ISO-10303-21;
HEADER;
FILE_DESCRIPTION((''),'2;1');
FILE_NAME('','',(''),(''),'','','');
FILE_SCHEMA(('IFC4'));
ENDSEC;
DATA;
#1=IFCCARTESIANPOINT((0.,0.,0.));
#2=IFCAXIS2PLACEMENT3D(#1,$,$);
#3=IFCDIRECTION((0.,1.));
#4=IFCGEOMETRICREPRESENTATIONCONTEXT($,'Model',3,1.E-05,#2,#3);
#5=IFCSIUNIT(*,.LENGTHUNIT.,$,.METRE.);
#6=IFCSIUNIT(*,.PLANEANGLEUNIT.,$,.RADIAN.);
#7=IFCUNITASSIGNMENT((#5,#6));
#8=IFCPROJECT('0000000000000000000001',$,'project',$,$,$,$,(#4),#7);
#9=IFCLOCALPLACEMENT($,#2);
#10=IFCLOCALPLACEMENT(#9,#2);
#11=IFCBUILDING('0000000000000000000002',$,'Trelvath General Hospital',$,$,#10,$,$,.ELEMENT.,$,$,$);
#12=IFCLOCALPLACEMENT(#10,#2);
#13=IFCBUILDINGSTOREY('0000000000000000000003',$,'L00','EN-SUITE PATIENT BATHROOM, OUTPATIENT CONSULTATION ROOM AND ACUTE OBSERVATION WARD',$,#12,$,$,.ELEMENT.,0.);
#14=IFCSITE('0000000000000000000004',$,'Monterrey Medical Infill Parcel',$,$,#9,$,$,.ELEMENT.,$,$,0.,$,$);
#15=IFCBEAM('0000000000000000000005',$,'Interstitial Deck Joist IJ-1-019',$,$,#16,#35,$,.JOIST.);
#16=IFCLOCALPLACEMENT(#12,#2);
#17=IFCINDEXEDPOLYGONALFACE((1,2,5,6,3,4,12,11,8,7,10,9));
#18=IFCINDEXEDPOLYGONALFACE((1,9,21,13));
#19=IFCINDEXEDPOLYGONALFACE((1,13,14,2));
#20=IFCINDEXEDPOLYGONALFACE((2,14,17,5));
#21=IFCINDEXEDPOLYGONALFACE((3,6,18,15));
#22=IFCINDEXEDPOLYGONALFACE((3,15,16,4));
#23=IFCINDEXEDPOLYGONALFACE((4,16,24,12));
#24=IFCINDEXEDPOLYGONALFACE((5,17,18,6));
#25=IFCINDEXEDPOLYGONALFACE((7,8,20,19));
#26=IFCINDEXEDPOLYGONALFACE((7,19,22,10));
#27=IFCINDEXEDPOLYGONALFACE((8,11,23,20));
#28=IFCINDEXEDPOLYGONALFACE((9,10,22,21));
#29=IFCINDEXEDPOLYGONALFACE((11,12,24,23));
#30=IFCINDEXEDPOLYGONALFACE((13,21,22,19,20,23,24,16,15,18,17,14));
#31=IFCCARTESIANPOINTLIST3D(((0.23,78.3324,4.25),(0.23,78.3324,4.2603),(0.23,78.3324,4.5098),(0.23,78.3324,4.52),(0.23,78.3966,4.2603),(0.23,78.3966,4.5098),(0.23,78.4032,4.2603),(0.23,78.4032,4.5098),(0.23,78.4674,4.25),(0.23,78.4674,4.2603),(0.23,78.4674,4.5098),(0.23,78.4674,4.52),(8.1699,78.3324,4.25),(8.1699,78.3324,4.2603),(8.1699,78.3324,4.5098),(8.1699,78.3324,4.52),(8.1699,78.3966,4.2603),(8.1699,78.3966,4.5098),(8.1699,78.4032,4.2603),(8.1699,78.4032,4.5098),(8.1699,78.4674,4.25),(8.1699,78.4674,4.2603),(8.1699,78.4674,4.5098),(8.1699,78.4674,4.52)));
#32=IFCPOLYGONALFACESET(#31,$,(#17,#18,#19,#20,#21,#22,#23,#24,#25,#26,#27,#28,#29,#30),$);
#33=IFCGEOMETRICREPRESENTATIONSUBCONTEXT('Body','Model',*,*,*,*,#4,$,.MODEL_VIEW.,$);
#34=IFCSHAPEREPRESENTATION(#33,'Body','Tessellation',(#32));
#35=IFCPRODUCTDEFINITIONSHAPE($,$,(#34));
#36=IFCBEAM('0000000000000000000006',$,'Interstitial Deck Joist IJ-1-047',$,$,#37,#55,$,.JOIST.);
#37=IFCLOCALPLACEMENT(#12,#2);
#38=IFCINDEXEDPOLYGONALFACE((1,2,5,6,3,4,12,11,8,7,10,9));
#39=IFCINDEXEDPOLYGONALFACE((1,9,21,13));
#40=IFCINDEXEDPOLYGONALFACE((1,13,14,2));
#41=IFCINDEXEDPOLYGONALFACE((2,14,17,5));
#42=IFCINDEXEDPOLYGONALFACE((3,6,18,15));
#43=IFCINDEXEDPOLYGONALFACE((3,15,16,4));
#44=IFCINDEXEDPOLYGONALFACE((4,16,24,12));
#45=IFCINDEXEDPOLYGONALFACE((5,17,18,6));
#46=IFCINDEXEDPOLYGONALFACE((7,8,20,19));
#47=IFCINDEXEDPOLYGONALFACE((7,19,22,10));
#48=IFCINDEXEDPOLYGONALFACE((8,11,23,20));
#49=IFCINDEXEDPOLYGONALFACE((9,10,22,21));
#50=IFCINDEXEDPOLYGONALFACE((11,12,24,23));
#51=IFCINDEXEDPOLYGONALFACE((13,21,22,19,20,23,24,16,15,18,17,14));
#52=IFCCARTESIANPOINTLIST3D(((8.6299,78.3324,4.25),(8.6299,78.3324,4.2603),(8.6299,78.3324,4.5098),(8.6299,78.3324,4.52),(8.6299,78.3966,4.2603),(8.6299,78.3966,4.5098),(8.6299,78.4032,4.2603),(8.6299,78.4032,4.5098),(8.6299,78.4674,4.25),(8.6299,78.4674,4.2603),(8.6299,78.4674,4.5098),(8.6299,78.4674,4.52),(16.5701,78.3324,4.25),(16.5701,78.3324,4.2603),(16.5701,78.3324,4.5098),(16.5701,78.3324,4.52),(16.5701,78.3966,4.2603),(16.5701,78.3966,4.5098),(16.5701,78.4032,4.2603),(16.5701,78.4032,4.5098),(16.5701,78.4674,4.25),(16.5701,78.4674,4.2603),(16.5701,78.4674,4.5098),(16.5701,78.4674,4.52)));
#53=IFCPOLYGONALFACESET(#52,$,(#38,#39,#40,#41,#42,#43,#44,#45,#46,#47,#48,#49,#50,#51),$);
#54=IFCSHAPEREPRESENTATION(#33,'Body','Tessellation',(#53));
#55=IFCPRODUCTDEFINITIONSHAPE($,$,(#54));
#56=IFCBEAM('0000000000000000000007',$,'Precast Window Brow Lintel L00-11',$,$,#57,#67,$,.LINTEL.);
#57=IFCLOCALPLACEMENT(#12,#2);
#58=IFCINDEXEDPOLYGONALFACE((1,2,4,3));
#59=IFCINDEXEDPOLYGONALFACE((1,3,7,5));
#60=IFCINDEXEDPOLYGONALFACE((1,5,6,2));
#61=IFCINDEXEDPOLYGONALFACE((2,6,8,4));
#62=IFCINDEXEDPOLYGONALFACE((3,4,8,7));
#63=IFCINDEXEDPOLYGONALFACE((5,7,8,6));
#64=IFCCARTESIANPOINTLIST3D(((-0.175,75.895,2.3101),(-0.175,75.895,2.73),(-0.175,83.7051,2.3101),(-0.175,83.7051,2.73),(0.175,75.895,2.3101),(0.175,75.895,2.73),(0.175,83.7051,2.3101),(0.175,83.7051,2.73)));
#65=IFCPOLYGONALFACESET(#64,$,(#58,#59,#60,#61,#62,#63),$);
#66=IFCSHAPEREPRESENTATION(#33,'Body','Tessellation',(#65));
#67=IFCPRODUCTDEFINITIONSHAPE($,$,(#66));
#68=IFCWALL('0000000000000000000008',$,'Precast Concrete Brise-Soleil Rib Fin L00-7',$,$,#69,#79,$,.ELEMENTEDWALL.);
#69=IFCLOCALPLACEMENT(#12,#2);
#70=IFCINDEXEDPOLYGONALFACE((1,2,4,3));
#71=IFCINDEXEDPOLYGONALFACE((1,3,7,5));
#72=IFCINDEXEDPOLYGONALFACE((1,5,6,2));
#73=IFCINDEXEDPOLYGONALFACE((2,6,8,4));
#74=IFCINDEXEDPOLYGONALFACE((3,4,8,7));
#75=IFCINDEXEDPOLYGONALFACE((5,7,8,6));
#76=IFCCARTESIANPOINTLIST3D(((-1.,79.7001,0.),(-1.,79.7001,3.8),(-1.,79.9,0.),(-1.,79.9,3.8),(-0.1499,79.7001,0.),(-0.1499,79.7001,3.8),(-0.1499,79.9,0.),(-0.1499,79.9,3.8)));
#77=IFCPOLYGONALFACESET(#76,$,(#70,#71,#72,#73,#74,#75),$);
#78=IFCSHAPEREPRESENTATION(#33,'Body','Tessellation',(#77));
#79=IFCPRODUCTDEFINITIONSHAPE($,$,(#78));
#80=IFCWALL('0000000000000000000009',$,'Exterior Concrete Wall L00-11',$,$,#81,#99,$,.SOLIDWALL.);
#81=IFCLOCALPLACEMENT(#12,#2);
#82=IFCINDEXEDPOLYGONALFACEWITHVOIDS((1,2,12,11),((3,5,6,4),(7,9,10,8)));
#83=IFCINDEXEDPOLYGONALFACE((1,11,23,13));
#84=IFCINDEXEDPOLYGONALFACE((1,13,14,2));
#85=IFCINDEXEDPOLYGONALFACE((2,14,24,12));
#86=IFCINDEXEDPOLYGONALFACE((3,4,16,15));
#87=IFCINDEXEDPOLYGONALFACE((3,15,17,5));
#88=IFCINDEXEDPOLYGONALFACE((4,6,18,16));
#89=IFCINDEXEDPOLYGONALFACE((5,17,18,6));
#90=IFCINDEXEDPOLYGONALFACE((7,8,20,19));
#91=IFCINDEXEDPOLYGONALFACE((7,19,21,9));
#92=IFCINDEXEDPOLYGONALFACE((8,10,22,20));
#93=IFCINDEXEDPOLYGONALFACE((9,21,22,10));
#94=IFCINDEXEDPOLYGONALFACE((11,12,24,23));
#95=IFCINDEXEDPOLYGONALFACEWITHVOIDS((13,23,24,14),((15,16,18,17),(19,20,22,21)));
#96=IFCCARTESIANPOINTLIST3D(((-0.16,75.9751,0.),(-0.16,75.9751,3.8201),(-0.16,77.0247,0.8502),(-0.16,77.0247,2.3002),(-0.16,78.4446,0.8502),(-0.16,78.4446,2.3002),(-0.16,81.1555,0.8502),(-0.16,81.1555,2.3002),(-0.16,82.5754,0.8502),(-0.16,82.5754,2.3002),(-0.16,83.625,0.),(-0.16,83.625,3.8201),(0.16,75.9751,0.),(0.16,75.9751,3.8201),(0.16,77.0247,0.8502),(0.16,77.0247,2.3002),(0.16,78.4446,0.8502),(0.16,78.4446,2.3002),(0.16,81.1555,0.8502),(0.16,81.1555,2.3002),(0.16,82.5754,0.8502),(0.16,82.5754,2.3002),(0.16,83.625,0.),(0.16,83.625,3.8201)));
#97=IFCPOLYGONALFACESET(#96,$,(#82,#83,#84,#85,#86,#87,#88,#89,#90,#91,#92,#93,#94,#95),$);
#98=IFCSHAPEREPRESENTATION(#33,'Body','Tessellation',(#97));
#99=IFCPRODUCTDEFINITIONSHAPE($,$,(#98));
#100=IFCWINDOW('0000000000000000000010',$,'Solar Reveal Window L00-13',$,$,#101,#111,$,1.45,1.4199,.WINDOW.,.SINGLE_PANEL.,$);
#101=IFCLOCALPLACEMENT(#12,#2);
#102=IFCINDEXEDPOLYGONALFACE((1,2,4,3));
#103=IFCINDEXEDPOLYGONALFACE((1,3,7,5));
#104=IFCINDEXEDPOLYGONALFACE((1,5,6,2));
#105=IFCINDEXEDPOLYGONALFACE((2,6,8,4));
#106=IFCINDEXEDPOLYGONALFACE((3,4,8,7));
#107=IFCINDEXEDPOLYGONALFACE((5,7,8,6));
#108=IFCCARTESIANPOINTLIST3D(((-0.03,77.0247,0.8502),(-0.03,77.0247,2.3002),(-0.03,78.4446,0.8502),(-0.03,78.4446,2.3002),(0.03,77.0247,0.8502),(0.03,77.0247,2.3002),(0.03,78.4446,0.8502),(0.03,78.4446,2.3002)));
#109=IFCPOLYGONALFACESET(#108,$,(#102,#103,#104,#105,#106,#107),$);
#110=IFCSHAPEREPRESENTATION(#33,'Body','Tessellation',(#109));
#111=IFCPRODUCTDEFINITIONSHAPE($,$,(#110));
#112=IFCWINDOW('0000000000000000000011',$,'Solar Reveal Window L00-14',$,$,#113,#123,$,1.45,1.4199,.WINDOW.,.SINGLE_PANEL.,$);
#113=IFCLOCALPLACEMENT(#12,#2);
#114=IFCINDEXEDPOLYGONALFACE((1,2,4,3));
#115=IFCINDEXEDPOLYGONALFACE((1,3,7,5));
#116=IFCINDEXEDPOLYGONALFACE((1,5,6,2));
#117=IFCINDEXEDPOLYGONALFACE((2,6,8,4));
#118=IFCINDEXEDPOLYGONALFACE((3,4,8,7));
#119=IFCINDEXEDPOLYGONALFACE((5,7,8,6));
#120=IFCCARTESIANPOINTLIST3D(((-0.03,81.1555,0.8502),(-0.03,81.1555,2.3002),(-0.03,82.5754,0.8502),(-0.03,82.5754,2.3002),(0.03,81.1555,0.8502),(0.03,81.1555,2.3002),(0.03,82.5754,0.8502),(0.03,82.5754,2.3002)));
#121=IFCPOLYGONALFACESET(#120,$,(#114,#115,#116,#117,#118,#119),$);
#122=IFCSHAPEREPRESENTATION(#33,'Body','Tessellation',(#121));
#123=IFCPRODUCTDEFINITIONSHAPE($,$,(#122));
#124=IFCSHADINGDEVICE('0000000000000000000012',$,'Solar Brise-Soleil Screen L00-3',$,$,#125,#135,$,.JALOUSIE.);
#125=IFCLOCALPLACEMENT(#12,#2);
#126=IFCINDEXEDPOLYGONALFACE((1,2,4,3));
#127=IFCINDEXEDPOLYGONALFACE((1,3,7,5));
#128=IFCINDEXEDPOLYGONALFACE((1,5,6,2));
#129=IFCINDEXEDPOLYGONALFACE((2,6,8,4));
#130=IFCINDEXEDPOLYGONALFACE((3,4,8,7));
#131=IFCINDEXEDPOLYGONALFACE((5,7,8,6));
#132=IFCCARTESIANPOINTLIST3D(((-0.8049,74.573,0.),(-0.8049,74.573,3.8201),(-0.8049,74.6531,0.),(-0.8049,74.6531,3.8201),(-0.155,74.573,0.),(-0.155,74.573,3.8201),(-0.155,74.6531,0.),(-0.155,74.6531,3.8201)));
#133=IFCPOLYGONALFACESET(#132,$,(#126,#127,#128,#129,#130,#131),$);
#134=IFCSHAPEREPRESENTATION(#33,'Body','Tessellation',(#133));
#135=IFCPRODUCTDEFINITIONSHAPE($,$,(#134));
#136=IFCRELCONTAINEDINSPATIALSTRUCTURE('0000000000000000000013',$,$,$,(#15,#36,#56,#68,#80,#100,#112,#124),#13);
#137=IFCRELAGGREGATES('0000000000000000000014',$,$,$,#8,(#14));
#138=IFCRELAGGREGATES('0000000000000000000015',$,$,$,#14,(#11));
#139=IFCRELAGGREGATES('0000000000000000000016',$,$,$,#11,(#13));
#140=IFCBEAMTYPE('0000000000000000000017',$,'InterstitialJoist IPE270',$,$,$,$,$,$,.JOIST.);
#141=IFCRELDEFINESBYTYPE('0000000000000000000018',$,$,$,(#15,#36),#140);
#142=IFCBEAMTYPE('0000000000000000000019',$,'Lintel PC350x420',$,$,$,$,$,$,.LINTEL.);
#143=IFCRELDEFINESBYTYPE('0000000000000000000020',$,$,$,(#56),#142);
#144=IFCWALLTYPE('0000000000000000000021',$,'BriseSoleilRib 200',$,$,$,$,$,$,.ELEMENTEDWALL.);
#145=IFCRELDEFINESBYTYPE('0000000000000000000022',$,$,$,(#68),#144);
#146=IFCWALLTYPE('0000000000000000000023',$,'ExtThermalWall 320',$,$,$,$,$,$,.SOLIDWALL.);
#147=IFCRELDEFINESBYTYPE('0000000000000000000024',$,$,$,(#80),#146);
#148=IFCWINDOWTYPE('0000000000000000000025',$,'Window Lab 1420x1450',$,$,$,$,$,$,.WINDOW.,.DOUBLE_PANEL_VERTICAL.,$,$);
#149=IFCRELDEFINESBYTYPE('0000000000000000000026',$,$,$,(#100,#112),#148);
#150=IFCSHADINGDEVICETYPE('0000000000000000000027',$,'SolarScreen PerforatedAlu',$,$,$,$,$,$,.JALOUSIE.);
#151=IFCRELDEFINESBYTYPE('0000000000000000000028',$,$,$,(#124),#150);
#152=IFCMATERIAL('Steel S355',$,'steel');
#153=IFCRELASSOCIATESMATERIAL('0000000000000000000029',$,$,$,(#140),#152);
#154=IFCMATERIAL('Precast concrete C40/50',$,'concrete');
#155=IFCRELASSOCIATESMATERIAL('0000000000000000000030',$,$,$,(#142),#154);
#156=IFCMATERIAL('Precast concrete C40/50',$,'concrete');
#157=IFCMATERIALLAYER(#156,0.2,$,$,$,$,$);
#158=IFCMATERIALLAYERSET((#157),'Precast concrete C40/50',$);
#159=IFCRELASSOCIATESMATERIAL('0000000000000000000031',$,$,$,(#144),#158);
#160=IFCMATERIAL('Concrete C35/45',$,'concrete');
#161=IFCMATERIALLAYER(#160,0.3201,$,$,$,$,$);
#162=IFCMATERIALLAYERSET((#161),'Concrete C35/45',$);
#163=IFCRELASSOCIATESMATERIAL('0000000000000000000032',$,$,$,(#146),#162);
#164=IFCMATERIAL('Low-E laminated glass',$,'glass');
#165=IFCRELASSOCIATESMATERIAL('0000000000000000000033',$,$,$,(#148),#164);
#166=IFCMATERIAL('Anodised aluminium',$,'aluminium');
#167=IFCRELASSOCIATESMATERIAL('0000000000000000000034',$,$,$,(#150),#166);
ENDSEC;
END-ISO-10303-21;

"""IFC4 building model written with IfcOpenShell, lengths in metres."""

from ifc_helpers import new_model, si_unit, direction, frame, frame_2d, origin, origin_2d, place, context, subcontext, project, spatial, rectangle, i_section, extrude, material, layer, layer_set, material_profile, profile_set, type_object, element, fill, save


model = new_model("IFC4")

# Units and contexts
model_context = context("Model", 3, precision=1e-05, world=origin(), true_north=direction((0.0, 1.0)))
body_context = subcontext(model_context, "Body", "Model", "MODEL_VIEW")
ifc_project = project(units=[si_unit("LENGTHUNIT", "METRE"), si_unit("PLANEANGLEUNIT", "RADIAN")], contexts=[model_context])

# Site, building, storey
site_placement = place(None, origin())
site = spatial("IfcSite", under=ifc_project, at=site_placement, Name="Monterrey Medical Infill Parcel", CompositionType="ELEMENT", RefElevation=0.0)
building_placement = place(site_placement, origin())
building = spatial("IfcBuilding", under=site, at=building_placement, Name="Trelvath General Hospital", CompositionType="ELEMENT")
storey_placement = place(building_placement, origin())
storey = spatial("IfcBuildingStorey", under=building, at=storey_placement, Name="L00", Description="EN-SUITE PATIENT BATHROOM, OUTPATIENT CONSULTATION ROOM AND ACUTE OBSERVATION WARD", CompositionType="ELEMENT", Elevation=0.0)

# Beams
ifc_material_1 = material(Name="Steel S355", Category="steel")
ifc_material_profile_1 = material_profile(ifc_material_1, i_section(OverallWidth=0.135, OverallDepth=0.27, WebThickness=0.0066, FlangeThickness=0.0103, at=origin_2d()), Name="IPE270")
ifc_profile_set_1 = profile_set([ifc_material_profile_1], Name="Steel S355")
beam_type_1 = type_object("IfcBeamType", Name="InterstitialJoist IPE270", PredefinedType="JOIST", material=ifc_profile_set_1)
beam_1_placement = place(storey_placement, frame((0.23, 78.3999, 4.385), z_axis=(1.0, 0.0, 0.0), x_axis=(0.0, 1.0, 0.0)))
element("IfcBeam", 1, at=beam_1_placement, inside=storey, type_object=beam_type_1, Name="Interstitial Deck Joist IJ-1-019", PredefinedType="JOIST", context=body_context, shape_type="SweptSolid", body=[
    extrude(i_section(OverallWidth=0.135, OverallDepth=0.27, WebThickness=0.0066, FlangeThickness=0.0103, at=origin_2d()), origin(), (0.0, 0.0, 1.0), 7.9399),
])
beam_2_placement = place(storey_placement, frame((8.6299, 78.3999, 4.385), z_axis=(1.0, 0.0, 0.0), x_axis=(0.0, 1.0, 0.0)))
element("IfcBeam", 2, at=beam_2_placement, inside=storey, type_object=beam_type_1, Name="Interstitial Deck Joist IJ-1-047", PredefinedType="JOIST", context=body_context, shape_type="SweptSolid", body=[
    extrude(i_section(OverallWidth=0.135, OverallDepth=0.27, WebThickness=0.0066, FlangeThickness=0.0103, at=origin_2d()), origin(), (0.0, 0.0, 1.0), 7.9402),
])
ifc_material_2 = material(Name="Precast concrete C40/50", Category="concrete")
ifc_material_profile_2 = material_profile(ifc_material_2, rectangle(XDim=0.3501, YDim=0.4199, at=origin_2d()), Name="PCL350x420")
ifc_profile_set_2 = profile_set([ifc_material_profile_2], Name="Precast concrete C40/50")
beam_type_2 = type_object("IfcBeamType", Name="Lintel PC350x420", PredefinedType="LINTEL", material=ifc_profile_set_2)
beam_3_placement = place(storey_placement, frame((0.0, 75.895, 2.52), z_axis=(0.0, 1.0, 0.0), x_axis=(-1.0, 0.0, 0.0)))
element("IfcBeam", 3, at=beam_3_placement, inside=storey, type_object=beam_type_2, Name="Precast Window Brow Lintel L00-11", PredefinedType="LINTEL", context=body_context, shape_type="SweptSolid", body=[
    extrude(rectangle(XDim=0.3501, YDim=0.4199, at=origin_2d()), origin(), (0.0, 0.0, 1.0), 7.8101),
])

# Wall
ifc_material_3 = material(Name="Precast concrete C40/50", Category="concrete")
ifc_layer_1 = layer(ifc_material_3, 0.2)
ifc_layer_set_1 = layer_set([ifc_layer_1], Name="Precast concrete C40/50")
wall_type_1 = type_object("IfcWallType", Name="BriseSoleilRib 200", PredefinedType="ELEMENTEDWALL", material=ifc_layer_set_1)
wall_1_placement = place(storey_placement, frame((-0.1499, 79.8, 0.0), z_axis=(0.0, 0.0, 1.0), x_axis=(-1.0, 0.0, 0.0)))
element("IfcWall", 4, at=wall_1_placement, inside=storey, type_object=wall_type_1, Name="Precast Concrete Brise-Soleil Rib Fin L00-7", PredefinedType="ELEMENTEDWALL", context=body_context, shape_type="SweptSolid", body=[
    extrude(rectangle(XDim=0.8501, YDim=0.2, at=frame_2d((0.425, 0.0))), origin(), (0.0, 0.0, 1.0), 3.8),
])

# Wall, openings, windows
ifc_material_4 = material(Name="Concrete C35/45", Category="concrete")
ifc_layer_2 = layer(ifc_material_4, 0.3201)
ifc_layer_set_2 = layer_set([ifc_layer_2], Name="Concrete C35/45")
wall_type_2 = type_object("IfcWallType", Name="ExtThermalWall 320", PredefinedType="SOLIDWALL", material=ifc_layer_set_2)
wall_2_placement = place(storey_placement, frame((0.0, 75.9751, 0.0), z_axis=(0.0, 0.0, 1.0), x_axis=(0.0, 1.0, 0.0)))
wall_2 = element("IfcWall", 5, at=wall_2_placement, inside=storey, type_object=wall_type_2, Name="Exterior Concrete Wall L00-11", PredefinedType="SOLIDWALL", context=body_context, shape_type="SweptSolid", body=[
    extrude(rectangle(XDim=7.6499, YDim=0.3201, at=frame_2d((3.825, 0.0))), origin(), (0.0, 0.0, 1.0), 3.8201),
])
opening_1_placement = place(wall_2_placement, frame((1.0496, 0.0, 0.8501)))
opening_1 = element("IfcOpeningElement", 6, at=opening_1_placement, cuts=wall_2, PredefinedType="OPENING", context=body_context, shape_type="SweptSolid", body=[
    extrude(rectangle(XDim=1.4199, YDim=1.45, at=frame_2d((0.71, 0.7251))), frame((0.0, 0.1699, 0.0), z_axis=(0.0, -1.0, 0.0), x_axis=(1.0, 0.0, 0.0)), (0.0, 0.0, 1.0), 0.3401),
])
opening_2_placement = place(wall_2_placement, frame((5.1804, 0.0, 0.8501)))
opening_2 = element("IfcOpeningElement", 7, at=opening_2_placement, cuts=wall_2, PredefinedType="OPENING", context=body_context, shape_type="SweptSolid", body=[
    extrude(rectangle(XDim=1.4199, YDim=1.45, at=frame_2d((0.71, 0.7251))), frame((0.0, 0.1699, 0.0), z_axis=(0.0, -1.0, 0.0), x_axis=(1.0, 0.0, 0.0)), (0.0, 0.0, 1.0), 0.3401),
])
ifc_material_5 = material(Name="Low-E laminated glass", Category="glass")
window_type = type_object("IfcWindowType", Name="Window Lab 1420x1450", PartitioningType="DOUBLE_PANEL_VERTICAL", PredefinedType="WINDOW", material=ifc_material_5)
window_1_placement = place(opening_1_placement, origin())
window_1 = element("IfcWindow", 8, at=window_1_placement, inside=storey, type_object=window_type, Name="Solar Reveal Window L00-13", OverallHeight=1.45, OverallWidth=1.4199, PartitioningType="SINGLE_PANEL", PredefinedType="WINDOW", context=body_context, shape_type="SweptSolid", body=[
    extrude(rectangle(XDim=1.4199, YDim=1.45, at=frame_2d((0.71, 0.7251))), frame((0.0, 0.03, 0.0), z_axis=(0.0, -1.0, 0.0), x_axis=(1.0, 0.0, 0.0)), (0.0, 0.0, 1.0), 0.0601),
])
fill(opening_1, window_1)
window_2_placement = place(opening_2_placement, origin())
window_2 = element("IfcWindow", 9, at=window_2_placement, inside=storey, type_object=window_type, Name="Solar Reveal Window L00-14", OverallHeight=1.45, OverallWidth=1.4199, PartitioningType="SINGLE_PANEL", PredefinedType="WINDOW", context=body_context, shape_type="SweptSolid", body=[
    extrude(rectangle(XDim=1.4199, YDim=1.45, at=frame_2d((0.71, 0.7251))), frame((0.0, 0.03, 0.0), z_axis=(0.0, -1.0, 0.0), x_axis=(1.0, 0.0, 0.0)), (0.0, 0.0, 1.0), 0.0601),
])
fill(opening_2, window_2)

# Shading device
ifc_material_6 = material(Name="Anodised aluminium", Category="aluminium")
shading_device_type = type_object("IfcShadingDeviceType", Name="SolarScreen PerforatedAlu", PredefinedType="JALOUSIE", material=ifc_material_6)
shading_device_placement = place(storey_placement, frame((-0.48, 74.613, 0.0), z_axis=(0.0, 0.0, 1.0), x_axis=(-1.0, 0.0, 0.0)))
element("IfcShadingDevice", 10, at=shading_device_placement, inside=storey, type_object=shading_device_type, Name="Solar Brise-Soleil Screen L00-3", PredefinedType="JALOUSIE", context=body_context, shape_type="SweptSolid", body=[
    extrude(rectangle(XDim=0.6499, YDim=0.0801, at=origin_2d()), origin(), (0.0, 0.0, 1.0), 3.8201),
])

save(model, "model.ifc")
